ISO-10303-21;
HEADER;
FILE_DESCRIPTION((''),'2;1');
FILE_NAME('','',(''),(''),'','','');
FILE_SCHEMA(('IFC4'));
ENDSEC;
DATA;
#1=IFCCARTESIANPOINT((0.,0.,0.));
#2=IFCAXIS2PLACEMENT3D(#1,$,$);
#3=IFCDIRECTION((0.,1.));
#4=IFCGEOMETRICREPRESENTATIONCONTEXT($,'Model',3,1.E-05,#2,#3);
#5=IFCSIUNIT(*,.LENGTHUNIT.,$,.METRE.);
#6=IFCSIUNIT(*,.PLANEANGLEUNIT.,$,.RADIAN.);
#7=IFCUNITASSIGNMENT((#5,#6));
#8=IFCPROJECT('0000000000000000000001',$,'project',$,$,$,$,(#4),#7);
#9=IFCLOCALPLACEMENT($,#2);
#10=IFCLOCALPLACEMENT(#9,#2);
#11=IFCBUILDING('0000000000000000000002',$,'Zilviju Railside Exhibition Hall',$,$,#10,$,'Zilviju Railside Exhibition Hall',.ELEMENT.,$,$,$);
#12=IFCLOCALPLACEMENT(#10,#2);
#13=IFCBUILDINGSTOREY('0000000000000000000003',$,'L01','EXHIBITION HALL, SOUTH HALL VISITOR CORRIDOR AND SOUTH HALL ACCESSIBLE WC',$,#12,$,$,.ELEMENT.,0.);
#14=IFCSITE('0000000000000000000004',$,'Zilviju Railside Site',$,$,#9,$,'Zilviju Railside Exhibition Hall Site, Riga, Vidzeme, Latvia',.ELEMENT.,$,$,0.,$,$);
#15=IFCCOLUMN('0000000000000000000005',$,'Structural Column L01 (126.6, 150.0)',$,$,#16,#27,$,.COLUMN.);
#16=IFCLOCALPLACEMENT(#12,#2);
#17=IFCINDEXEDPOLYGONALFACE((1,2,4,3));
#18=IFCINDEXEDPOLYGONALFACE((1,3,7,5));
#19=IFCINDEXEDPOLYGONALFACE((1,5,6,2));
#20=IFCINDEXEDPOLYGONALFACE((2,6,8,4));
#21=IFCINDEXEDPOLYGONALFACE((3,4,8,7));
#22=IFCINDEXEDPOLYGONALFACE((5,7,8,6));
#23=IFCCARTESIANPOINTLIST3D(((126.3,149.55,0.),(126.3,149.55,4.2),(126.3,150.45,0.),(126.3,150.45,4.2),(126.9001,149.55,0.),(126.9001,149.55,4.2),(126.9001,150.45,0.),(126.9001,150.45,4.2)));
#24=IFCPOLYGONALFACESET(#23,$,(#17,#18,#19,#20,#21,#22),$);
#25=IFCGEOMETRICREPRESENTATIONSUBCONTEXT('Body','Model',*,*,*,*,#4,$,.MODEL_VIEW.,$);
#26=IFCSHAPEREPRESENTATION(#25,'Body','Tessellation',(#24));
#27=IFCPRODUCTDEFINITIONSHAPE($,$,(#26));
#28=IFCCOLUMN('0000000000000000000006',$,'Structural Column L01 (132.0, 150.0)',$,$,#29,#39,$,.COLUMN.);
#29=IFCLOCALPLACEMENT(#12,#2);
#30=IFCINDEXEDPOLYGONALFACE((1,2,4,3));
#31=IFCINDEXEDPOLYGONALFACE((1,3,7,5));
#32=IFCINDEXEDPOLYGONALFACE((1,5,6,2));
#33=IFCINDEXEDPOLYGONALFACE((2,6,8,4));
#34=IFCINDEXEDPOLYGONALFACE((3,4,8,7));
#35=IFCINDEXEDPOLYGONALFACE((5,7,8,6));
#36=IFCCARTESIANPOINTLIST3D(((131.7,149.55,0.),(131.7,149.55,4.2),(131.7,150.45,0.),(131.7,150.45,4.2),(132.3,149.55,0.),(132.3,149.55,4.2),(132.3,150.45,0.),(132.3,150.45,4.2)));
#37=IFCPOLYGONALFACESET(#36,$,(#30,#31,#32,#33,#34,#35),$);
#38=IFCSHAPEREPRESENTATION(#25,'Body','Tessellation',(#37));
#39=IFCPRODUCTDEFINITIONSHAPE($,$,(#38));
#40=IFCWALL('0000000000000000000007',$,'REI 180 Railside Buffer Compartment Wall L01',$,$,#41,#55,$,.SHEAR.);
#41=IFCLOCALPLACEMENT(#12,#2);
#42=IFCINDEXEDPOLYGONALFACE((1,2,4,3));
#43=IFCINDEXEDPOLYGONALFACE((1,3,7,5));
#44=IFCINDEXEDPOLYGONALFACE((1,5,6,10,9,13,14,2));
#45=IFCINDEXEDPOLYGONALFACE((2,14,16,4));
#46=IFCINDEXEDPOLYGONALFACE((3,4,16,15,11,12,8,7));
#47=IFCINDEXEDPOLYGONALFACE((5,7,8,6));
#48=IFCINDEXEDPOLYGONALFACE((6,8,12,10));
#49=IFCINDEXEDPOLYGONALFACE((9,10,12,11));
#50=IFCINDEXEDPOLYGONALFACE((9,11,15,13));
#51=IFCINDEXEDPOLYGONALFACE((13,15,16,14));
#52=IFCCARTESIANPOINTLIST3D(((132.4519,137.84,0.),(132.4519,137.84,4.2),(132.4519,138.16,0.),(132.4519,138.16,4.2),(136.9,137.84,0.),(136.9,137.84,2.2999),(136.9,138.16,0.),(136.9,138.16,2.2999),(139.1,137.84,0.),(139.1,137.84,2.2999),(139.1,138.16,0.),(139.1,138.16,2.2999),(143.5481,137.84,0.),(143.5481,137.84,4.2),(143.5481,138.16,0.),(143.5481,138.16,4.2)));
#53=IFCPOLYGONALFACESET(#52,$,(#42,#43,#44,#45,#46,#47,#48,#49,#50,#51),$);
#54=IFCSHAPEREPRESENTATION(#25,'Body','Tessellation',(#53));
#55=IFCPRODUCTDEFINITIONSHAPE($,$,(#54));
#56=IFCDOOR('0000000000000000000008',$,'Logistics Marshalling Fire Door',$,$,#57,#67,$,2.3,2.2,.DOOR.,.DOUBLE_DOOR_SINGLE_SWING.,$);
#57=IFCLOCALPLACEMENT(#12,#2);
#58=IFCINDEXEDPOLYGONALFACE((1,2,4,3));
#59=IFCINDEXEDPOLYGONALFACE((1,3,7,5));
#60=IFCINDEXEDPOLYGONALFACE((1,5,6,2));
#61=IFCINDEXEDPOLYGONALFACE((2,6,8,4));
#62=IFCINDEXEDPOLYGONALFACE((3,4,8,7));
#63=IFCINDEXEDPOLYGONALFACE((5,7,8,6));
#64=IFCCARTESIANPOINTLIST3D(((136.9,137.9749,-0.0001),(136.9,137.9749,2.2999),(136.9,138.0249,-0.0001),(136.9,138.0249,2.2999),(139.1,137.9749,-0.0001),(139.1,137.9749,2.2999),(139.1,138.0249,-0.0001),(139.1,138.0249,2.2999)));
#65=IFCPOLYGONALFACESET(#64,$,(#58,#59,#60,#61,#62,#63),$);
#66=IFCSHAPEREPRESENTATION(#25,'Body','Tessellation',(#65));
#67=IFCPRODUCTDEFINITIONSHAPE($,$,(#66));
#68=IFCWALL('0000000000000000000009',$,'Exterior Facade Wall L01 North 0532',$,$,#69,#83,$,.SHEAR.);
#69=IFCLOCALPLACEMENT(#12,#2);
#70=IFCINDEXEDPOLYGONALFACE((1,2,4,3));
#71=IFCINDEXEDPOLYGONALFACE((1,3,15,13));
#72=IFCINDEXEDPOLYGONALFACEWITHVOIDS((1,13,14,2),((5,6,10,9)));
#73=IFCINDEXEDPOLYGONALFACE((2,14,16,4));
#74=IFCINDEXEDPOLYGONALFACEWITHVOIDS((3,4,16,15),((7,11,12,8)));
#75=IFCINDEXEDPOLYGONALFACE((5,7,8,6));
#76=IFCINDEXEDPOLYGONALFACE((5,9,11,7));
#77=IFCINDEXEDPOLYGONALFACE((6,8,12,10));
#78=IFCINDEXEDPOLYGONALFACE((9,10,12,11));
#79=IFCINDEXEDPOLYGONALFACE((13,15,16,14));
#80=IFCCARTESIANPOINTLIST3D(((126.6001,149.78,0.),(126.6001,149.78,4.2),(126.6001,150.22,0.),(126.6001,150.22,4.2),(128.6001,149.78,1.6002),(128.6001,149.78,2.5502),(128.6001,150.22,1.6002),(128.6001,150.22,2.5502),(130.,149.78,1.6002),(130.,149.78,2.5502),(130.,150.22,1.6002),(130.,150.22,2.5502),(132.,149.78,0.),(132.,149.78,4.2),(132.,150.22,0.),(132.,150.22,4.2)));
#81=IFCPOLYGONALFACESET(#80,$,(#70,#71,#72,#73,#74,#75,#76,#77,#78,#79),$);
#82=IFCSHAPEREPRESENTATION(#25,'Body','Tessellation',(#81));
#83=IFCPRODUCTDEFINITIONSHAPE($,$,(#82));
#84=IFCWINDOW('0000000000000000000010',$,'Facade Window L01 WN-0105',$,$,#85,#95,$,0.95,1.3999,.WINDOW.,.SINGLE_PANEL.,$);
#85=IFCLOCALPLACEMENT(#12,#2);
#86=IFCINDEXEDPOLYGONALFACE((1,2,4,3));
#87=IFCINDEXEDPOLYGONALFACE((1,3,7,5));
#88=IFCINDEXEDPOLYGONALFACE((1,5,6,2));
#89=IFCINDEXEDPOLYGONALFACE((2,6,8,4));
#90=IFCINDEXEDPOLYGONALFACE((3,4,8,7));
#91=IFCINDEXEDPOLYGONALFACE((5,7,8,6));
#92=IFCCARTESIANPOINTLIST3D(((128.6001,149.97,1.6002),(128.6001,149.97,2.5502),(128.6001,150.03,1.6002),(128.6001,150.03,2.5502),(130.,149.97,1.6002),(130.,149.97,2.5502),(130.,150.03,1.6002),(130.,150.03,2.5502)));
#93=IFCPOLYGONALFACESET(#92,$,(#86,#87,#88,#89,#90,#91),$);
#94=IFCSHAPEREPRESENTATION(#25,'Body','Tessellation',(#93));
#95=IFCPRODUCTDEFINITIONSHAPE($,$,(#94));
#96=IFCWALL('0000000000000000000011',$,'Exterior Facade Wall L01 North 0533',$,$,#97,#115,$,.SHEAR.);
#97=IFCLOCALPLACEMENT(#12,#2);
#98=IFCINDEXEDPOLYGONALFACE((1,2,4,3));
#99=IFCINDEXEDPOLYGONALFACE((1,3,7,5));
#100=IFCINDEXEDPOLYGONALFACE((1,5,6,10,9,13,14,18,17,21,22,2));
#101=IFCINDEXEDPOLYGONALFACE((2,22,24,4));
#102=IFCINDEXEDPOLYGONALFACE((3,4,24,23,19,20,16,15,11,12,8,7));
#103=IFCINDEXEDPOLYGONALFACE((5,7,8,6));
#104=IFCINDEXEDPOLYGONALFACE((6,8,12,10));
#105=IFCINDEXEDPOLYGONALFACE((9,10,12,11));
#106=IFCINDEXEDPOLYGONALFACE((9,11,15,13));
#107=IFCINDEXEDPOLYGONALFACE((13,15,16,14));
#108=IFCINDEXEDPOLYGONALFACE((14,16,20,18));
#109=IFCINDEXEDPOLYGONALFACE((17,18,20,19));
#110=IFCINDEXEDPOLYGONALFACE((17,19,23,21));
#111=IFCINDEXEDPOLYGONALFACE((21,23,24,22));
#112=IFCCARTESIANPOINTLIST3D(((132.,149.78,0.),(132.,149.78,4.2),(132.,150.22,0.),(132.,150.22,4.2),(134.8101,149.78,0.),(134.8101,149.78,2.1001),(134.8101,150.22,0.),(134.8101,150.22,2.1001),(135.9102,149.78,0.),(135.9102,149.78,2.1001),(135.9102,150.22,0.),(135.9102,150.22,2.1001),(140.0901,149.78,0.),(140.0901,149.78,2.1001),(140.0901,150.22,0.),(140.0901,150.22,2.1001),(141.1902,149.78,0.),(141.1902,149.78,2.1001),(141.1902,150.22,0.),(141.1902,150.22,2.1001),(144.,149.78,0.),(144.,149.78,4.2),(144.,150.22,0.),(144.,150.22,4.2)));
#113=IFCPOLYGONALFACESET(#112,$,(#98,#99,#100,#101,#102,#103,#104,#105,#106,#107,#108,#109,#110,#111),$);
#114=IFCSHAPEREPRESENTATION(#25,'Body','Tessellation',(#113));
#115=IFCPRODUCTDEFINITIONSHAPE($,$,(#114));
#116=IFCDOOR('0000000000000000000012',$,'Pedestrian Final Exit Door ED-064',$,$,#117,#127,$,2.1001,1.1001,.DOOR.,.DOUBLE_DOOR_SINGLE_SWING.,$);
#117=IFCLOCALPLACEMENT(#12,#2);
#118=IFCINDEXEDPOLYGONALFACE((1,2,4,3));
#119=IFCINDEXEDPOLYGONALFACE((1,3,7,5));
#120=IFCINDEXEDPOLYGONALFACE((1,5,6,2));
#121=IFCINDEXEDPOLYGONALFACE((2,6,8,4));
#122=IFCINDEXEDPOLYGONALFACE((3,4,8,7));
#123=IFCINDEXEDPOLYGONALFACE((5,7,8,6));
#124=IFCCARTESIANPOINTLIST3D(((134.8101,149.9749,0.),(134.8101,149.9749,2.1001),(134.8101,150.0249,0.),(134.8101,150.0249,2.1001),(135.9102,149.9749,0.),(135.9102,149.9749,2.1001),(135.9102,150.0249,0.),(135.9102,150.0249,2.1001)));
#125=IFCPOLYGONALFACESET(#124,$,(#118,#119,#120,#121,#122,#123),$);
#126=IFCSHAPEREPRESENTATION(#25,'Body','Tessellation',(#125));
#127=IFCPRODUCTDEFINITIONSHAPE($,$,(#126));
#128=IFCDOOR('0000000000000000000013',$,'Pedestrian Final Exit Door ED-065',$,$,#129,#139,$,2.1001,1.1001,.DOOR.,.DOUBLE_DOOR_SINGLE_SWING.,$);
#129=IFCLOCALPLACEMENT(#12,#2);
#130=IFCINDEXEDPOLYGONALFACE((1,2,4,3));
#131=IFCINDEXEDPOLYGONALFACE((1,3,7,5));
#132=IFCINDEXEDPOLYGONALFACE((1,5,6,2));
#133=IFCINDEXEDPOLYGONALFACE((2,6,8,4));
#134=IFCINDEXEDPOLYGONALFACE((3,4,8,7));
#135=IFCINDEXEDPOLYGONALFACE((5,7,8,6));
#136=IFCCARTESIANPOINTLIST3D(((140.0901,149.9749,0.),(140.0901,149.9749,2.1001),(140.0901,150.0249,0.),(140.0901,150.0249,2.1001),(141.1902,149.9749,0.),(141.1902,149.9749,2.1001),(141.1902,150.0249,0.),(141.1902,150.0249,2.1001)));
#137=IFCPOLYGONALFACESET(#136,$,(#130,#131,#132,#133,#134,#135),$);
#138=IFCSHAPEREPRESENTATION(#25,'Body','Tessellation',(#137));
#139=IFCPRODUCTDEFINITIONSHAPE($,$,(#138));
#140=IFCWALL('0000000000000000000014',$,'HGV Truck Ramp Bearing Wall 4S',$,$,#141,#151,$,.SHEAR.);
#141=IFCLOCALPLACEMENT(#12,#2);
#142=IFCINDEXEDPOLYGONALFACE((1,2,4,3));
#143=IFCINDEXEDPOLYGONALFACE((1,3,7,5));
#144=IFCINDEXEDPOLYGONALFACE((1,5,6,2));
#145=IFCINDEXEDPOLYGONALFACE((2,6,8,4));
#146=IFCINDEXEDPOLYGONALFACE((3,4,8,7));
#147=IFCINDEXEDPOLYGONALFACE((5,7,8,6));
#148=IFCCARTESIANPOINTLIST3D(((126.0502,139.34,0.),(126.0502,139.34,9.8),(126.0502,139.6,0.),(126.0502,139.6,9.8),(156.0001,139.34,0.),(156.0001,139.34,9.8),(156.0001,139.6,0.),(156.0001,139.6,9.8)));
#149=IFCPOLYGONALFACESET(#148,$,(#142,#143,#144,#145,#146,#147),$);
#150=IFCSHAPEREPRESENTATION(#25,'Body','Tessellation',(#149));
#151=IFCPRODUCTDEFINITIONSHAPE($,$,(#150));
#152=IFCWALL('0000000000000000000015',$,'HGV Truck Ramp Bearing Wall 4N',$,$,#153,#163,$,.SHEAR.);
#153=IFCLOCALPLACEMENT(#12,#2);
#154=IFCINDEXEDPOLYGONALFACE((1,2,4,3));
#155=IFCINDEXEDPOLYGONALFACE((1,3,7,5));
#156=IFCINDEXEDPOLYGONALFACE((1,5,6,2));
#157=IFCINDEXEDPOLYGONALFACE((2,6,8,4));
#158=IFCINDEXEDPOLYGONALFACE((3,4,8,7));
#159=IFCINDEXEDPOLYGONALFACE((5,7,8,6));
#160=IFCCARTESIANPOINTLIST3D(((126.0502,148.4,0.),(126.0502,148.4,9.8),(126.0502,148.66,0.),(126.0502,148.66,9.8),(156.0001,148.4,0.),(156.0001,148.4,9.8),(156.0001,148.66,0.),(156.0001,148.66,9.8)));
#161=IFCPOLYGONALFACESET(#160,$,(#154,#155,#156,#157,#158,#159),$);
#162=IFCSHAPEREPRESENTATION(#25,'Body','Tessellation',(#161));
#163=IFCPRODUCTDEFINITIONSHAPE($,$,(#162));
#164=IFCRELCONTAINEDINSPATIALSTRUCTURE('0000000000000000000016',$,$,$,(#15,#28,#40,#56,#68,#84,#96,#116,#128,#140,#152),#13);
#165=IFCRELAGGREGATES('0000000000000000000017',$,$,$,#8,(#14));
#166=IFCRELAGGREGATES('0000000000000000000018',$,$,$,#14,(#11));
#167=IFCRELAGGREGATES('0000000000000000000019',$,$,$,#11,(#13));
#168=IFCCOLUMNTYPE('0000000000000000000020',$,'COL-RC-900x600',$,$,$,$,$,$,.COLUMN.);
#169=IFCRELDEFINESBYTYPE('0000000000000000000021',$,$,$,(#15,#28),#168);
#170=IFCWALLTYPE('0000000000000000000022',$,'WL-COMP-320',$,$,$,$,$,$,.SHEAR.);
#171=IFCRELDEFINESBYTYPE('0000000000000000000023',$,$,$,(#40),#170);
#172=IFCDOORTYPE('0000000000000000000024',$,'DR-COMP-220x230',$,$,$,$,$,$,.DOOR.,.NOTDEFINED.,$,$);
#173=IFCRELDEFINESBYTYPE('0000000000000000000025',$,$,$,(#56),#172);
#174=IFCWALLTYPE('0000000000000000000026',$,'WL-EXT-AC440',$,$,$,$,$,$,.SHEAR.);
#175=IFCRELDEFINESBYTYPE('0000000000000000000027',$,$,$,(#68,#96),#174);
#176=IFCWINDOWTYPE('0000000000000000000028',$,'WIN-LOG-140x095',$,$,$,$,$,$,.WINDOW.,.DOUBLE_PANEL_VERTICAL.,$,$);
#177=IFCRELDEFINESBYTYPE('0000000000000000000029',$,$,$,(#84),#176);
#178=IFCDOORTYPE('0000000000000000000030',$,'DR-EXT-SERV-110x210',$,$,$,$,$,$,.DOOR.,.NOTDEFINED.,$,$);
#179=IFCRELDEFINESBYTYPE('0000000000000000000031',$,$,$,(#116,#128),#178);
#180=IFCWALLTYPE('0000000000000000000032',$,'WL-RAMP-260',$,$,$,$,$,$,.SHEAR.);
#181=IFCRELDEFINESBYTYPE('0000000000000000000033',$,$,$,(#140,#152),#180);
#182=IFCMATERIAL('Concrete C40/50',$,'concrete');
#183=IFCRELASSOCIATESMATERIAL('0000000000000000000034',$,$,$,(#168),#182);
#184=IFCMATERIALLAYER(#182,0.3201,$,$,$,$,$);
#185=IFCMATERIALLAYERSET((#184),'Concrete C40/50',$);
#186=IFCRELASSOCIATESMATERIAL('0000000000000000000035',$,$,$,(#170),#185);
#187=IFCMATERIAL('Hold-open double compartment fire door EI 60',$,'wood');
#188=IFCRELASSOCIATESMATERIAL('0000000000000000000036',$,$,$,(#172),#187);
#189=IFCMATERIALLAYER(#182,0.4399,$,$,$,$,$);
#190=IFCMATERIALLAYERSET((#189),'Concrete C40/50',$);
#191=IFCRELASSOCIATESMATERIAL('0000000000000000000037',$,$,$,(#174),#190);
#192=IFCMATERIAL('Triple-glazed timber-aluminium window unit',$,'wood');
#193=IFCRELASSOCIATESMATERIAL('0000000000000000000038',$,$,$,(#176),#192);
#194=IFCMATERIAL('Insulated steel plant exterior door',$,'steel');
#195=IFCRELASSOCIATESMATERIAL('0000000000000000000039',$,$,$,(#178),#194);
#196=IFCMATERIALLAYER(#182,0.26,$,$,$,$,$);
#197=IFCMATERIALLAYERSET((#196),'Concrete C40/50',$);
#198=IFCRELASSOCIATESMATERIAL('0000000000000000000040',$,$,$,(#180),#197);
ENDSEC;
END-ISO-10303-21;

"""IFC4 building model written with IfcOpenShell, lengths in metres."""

from ifc_helpers import new_model, si_unit, direction, frame, frame_2d, origin, origin_2d, place, context, subcontext, project, spatial, rectangle, extrude, material, layer, layer_set, material_profile, profile_set, type_object, element, fill, save


model = new_model("IFC4")

# Units and contexts
model_context = context("Model", 3, precision=1e-05, world=origin(), true_north=direction((0.0, 1.0)))
body_context = subcontext(model_context, "Body", "Model", "MODEL_VIEW")
ifc_project = project(units=[si_unit("LENGTHUNIT", "METRE"), si_unit("PLANEANGLEUNIT", "RADIAN")], contexts=[model_context])

# Site, building, storey
site_placement = place(None, origin())
site = spatial("IfcSite", under=ifc_project, at=site_placement, Name="Zilviju Railside Site", LongName="Zilviju Railside Exhibition Hall Site, Riga, Vidzeme, Latvia", CompositionType="ELEMENT", RefElevation=0.0)
building_placement = place(site_placement, origin())
building = spatial("IfcBuilding", under=site, at=building_placement, Name="Zilviju Railside Exhibition Hall", LongName="Zilviju Railside Exhibition Hall", CompositionType="ELEMENT")
storey_placement = place(building_placement, origin())
storey = spatial("IfcBuildingStorey", under=building, at=storey_placement, Name="L01", Description="EXHIBITION HALL, SOUTH HALL VISITOR CORRIDOR AND SOUTH HALL ACCESSIBLE WC", CompositionType="ELEMENT", Elevation=0.0)

# Shared definitions
ifc_material_1 = material(Name="Concrete C40/50", Category="concrete")

# Columns
ifc_material_profile_1 = material_profile(ifc_material_1, rectangle(XDim=0.6001, YDim=0.8999, at=origin_2d()), Name="RC COL 600x900")
ifc_profile_set_1 = profile_set([ifc_material_profile_1], Name="Concrete C40/50")
column_type_1 = type_object("IfcColumnType", Name="COL-RC-900x600", PredefinedType="COLUMN", material=ifc_profile_set_1)
for number, where, z_axis, x_axis, name in (
    (1, (126.6001, 150.0, 0.0), (0.0, 0.0, 1.0), (1.0, 0.0, 0.0), "Structural Column L01 (126.6, 150.0)"),
    (2, (132.0, 150.0, 0.0), (0.0, 0.0, 1.0), (1.0, 0.0, 0.0), "Structural Column L01 (132.0, 150.0)"),
):
    element("IfcColumn", number, at=place(storey_placement, frame(where, z_axis=z_axis, x_axis=x_axis)), inside=storey, type_object=column_type_1, Name=name, PredefinedType="COLUMN", context=body_context, shape_type="SweptSolid", body=[
        extrude(rectangle(XDim=0.6001, YDim=0.8999, at=origin_2d()), origin(), (0.0, 0.0, 1.0), 4.2),
    ])

# Wall, opening, door
ifc_layer_1 = layer(ifc_material_1, 0.3201)
ifc_layer_set_1 = layer_set([ifc_layer_1], Name="Concrete C40/50")
wall_type_1 = type_object("IfcWallType", Name="WL-COMP-320", PredefinedType="SHEAR", material=ifc_layer_set_1)
wall_1_placement = place(storey_placement, frame((132.4519, 138.0, 0.0), z_axis=(0.0, 0.0, 1.0), x_axis=(1.0, 0.0, 0.0)))
wall_1 = element("IfcWall", 3, at=wall_1_placement, inside=storey, type_object=wall_type_1, Name="REI 180 Railside Buffer Compartment Wall L01", PredefinedType="SHEAR", context=body_context, shape_type="SweptSolid", body=[
    extrude(rectangle(XDim=11.0962, YDim=0.3201, at=frame_2d((5.5481, 0.0))), origin(), (0.0, 0.0, 1.0), 4.2),
])
opening_1_placement = place(wall_1_placement, frame((4.448, 0.0, 0.0)))
opening_1 = element("IfcOpeningElement", 4, at=opening_1_placement, cuts=wall_1, PredefinedType="OPENING", context=body_context, shape_type="SweptSolid", body=[
    extrude(rectangle(XDim=2.2, YDim=2.3, at=frame_2d((1.1001, 1.1499))), frame((0.0, 0.1699, 0.0), z_axis=(0.0, -1.0, 0.0), x_axis=(1.0, 0.0, 0.0)), (0.0, 0.0, 1.0), 0.3401),
])
ifc_material_2 = material(Name="Hold-open double compartment fire door EI 60", Category="wood")
door_type_1 = type_object("IfcDoorType", Name="DR-COMP-220x230", OperationType="NOTDEFINED", PredefinedType="DOOR", material=ifc_material_2)
door_1_placement = place(opening_1_placement, origin())
door_1 = element("IfcDoor", 5, at=door_1_placement, inside=storey, type_object=door_type_1, Name="Logistics Marshalling Fire Door", OperationType="DOUBLE_DOOR_SINGLE_SWING", OverallHeight=2.3, OverallWidth=2.2, PredefinedType="DOOR", context=body_context, shape_type="SweptSolid", body=[
    extrude(rectangle(XDim=2.2, YDim=2.3, at=frame_2d((1.1001, 1.1499))), frame((0.0, 0.0249, 0.0), z_axis=(0.0, -1.0, 0.0), x_axis=(1.0, 0.0, 0.0)), (0.0, 0.0, 1.0), 0.05),
])
fill(opening_1, door_1)

# Wall, opening, window
ifc_layer_2 = layer(ifc_material_1, 0.4399)
ifc_layer_set_2 = layer_set([ifc_layer_2], Name="Concrete C40/50")
wall_type_2 = type_object("IfcWallType", Name="WL-EXT-AC440", PredefinedType="SHEAR", material=ifc_layer_set_2)
wall_2_placement = place(storey_placement, frame((126.6001, 150.0, 0.0), z_axis=(0.0, 0.0, 1.0), x_axis=(1.0, 0.0, 0.0)))
wall_2 = element("IfcWall", 6, at=wall_2_placement, inside=storey, type_object=wall_type_2, Name="Exterior Facade Wall L01 North 0532", PredefinedType="SHEAR", context=body_context, shape_type="SweptSolid", body=[
    extrude(rectangle(XDim=5.3999, YDim=0.4399, at=frame_2d((2.7, 0.0))), origin(), (0.0, 0.0, 1.0), 4.2),
])
opening_2_placement = place(wall_2_placement, frame((2.0, 0.0, 1.6001)))
opening_2 = element("IfcOpeningElement", 7, at=opening_2_placement, cuts=wall_2, PredefinedType="OPENING", context=body_context, shape_type="SweptSolid", body=[
    extrude(rectangle(XDim=1.3999, YDim=0.95, at=frame_2d((0.7, 0.4751))), frame((0.0, 0.23, 0.0), z_axis=(0.0, -1.0, 0.0), x_axis=(1.0, 0.0, 0.0)), (0.0, 0.0, 1.0), 0.46),
])
ifc_material_3 = material(Name="Triple-glazed timber-aluminium window unit", Category="wood")
window_type = type_object("IfcWindowType", Name="WIN-LOG-140x095", PartitioningType="DOUBLE_PANEL_VERTICAL", PredefinedType="WINDOW", material=ifc_material_3)
window_placement = place(opening_2_placement, origin())
window = element("IfcWindow", 8, at=window_placement, inside=storey, type_object=window_type, Name="Facade Window L01 WN-0105", OverallHeight=0.95, OverallWidth=1.3999, PartitioningType="SINGLE_PANEL", PredefinedType="WINDOW", context=body_context, shape_type="SweptSolid", body=[
    extrude(rectangle(XDim=1.3999, YDim=0.95, at=frame_2d((0.7, 0.4751))), frame((0.0, 0.03, 0.0), z_axis=(0.0, -1.0, 0.0), x_axis=(1.0, 0.0, 0.0)), (0.0, 0.0, 1.0), 0.0601),
])
fill(opening_2, window)

# Wall, openings, doors
wall_3_placement = place(storey_placement, frame((132.0, 150.0, 0.0), z_axis=(0.0, 0.0, 1.0), x_axis=(1.0, 0.0, 0.0)))
wall_3 = element("IfcWall", 9, at=wall_3_placement, inside=storey, type_object=wall_type_2, Name="Exterior Facade Wall L01 North 0533", PredefinedType="SHEAR", context=body_context, shape_type="SweptSolid", body=[
    extrude(rectangle(XDim=12.0, YDim=0.4399, at=frame_2d((6.0, 0.0))), origin(), (0.0, 0.0, 1.0), 4.2),
])
opening_3_placement = place(wall_3_placement, frame((2.8101, 0.0, 0.0)))
opening_3 = element("IfcOpeningElement", 10, at=opening_3_placement, cuts=wall_3, PredefinedType="OPENING", context=body_context, shape_type="SweptSolid", body=[
    extrude(rectangle(XDim=1.1001, YDim=2.1001, at=frame_2d((0.55, 1.05))), frame((0.0, 0.23, 0.0), z_axis=(0.0, -1.0, 0.0), x_axis=(1.0, 0.0, 0.0)), (0.0, 0.0, 1.0), 0.46),
])
opening_4_placement = place(wall_3_placement, frame((8.0901, 0.0, 0.0)))
opening_4 = element("IfcOpeningElement", 11, at=opening_4_placement, cuts=wall_3, PredefinedType="OPENING", context=body_context, shape_type="SweptSolid", body=[
    extrude(rectangle(XDim=1.1001, YDim=2.1001, at=frame_2d((0.55, 1.05))), frame((0.0, 0.23, 0.0), z_axis=(0.0, -1.0, 0.0), x_axis=(1.0, 0.0, 0.0)), (0.0, 0.0, 1.0), 0.46),
])
ifc_material_4 = material(Name="Insulated steel plant exterior door", Category="steel")
door_type_2 = type_object("IfcDoorType", Name="DR-EXT-SERV-110x210", OperationType="NOTDEFINED", PredefinedType="DOOR", material=ifc_material_4)
door_2_placement = place(opening_3_placement, origin())
door_2 = element("IfcDoor", 12, at=door_2_placement, inside=storey, type_object=door_type_2, Name="Pedestrian Final Exit Door ED-064", OperationType="DOUBLE_DOOR_SINGLE_SWING", OverallHeight=2.1001, OverallWidth=1.1001, PredefinedType="DOOR", context=body_context, shape_type="SweptSolid", body=[
    extrude(rectangle(XDim=1.1001, YDim=2.1001, at=frame_2d((0.55, 1.05))), frame((0.0, 0.0249, 0.0), z_axis=(0.0, -1.0, 0.0), x_axis=(1.0, 0.0, 0.0)), (0.0, 0.0, 1.0), 0.05),
])
fill(opening_3, door_2)
door_3_placement = place(opening_4_placement, origin())
door_3 = element("IfcDoor", 13, at=door_3_placement, inside=storey, type_object=door_type_2, Name="Pedestrian Final Exit Door ED-065", OperationType="DOUBLE_DOOR_SINGLE_SWING", OverallHeight=2.1001, OverallWidth=1.1001, PredefinedType="DOOR", context=body_context, shape_type="SweptSolid", body=[
    extrude(rectangle(XDim=1.1001, YDim=2.1001, at=frame_2d((0.55, 1.05))), frame((0.0, 0.0249, 0.0), z_axis=(0.0, -1.0, 0.0), x_axis=(1.0, 0.0, 0.0)), (0.0, 0.0, 1.0), 0.05),
])
fill(opening_4, door_3)

# Walls
ifc_layer_3 = layer(ifc_material_1, 0.26)
ifc_layer_set_3 = layer_set([ifc_layer_3], Name="Concrete C40/50")
wall_type_3 = type_object("IfcWallType", Name="WL-RAMP-260", PredefinedType="SHEAR", material=ifc_layer_set_3)
for number, where, z_axis, x_axis, name in (
    (14, (126.05, 139.47, 0.0), (0.0, 0.0, 1.0), (1.0, 0.0, 0.0), "HGV Truck Ramp Bearing Wall 4S"),
    (15, (126.05, 148.53, 0.0), (0.0, 0.0, 1.0), (1.0, 0.0, 0.0), "HGV Truck Ramp Bearing Wall 4N"),
):
    element("IfcWall", number, at=place(storey_placement, frame(where, z_axis=z_axis, x_axis=x_axis)), inside=storey, type_object=wall_type_3, Name=name, PredefinedType="SHEAR", context=body_context, shape_type="SweptSolid", body=[
        extrude(rectangle(XDim=29.95, YDim=0.26, at=frame_2d((14.9751, 0.0))), origin(), (0.0, 0.0, 1.0), 9.8),
    ])

save(model, "model.ifc")
